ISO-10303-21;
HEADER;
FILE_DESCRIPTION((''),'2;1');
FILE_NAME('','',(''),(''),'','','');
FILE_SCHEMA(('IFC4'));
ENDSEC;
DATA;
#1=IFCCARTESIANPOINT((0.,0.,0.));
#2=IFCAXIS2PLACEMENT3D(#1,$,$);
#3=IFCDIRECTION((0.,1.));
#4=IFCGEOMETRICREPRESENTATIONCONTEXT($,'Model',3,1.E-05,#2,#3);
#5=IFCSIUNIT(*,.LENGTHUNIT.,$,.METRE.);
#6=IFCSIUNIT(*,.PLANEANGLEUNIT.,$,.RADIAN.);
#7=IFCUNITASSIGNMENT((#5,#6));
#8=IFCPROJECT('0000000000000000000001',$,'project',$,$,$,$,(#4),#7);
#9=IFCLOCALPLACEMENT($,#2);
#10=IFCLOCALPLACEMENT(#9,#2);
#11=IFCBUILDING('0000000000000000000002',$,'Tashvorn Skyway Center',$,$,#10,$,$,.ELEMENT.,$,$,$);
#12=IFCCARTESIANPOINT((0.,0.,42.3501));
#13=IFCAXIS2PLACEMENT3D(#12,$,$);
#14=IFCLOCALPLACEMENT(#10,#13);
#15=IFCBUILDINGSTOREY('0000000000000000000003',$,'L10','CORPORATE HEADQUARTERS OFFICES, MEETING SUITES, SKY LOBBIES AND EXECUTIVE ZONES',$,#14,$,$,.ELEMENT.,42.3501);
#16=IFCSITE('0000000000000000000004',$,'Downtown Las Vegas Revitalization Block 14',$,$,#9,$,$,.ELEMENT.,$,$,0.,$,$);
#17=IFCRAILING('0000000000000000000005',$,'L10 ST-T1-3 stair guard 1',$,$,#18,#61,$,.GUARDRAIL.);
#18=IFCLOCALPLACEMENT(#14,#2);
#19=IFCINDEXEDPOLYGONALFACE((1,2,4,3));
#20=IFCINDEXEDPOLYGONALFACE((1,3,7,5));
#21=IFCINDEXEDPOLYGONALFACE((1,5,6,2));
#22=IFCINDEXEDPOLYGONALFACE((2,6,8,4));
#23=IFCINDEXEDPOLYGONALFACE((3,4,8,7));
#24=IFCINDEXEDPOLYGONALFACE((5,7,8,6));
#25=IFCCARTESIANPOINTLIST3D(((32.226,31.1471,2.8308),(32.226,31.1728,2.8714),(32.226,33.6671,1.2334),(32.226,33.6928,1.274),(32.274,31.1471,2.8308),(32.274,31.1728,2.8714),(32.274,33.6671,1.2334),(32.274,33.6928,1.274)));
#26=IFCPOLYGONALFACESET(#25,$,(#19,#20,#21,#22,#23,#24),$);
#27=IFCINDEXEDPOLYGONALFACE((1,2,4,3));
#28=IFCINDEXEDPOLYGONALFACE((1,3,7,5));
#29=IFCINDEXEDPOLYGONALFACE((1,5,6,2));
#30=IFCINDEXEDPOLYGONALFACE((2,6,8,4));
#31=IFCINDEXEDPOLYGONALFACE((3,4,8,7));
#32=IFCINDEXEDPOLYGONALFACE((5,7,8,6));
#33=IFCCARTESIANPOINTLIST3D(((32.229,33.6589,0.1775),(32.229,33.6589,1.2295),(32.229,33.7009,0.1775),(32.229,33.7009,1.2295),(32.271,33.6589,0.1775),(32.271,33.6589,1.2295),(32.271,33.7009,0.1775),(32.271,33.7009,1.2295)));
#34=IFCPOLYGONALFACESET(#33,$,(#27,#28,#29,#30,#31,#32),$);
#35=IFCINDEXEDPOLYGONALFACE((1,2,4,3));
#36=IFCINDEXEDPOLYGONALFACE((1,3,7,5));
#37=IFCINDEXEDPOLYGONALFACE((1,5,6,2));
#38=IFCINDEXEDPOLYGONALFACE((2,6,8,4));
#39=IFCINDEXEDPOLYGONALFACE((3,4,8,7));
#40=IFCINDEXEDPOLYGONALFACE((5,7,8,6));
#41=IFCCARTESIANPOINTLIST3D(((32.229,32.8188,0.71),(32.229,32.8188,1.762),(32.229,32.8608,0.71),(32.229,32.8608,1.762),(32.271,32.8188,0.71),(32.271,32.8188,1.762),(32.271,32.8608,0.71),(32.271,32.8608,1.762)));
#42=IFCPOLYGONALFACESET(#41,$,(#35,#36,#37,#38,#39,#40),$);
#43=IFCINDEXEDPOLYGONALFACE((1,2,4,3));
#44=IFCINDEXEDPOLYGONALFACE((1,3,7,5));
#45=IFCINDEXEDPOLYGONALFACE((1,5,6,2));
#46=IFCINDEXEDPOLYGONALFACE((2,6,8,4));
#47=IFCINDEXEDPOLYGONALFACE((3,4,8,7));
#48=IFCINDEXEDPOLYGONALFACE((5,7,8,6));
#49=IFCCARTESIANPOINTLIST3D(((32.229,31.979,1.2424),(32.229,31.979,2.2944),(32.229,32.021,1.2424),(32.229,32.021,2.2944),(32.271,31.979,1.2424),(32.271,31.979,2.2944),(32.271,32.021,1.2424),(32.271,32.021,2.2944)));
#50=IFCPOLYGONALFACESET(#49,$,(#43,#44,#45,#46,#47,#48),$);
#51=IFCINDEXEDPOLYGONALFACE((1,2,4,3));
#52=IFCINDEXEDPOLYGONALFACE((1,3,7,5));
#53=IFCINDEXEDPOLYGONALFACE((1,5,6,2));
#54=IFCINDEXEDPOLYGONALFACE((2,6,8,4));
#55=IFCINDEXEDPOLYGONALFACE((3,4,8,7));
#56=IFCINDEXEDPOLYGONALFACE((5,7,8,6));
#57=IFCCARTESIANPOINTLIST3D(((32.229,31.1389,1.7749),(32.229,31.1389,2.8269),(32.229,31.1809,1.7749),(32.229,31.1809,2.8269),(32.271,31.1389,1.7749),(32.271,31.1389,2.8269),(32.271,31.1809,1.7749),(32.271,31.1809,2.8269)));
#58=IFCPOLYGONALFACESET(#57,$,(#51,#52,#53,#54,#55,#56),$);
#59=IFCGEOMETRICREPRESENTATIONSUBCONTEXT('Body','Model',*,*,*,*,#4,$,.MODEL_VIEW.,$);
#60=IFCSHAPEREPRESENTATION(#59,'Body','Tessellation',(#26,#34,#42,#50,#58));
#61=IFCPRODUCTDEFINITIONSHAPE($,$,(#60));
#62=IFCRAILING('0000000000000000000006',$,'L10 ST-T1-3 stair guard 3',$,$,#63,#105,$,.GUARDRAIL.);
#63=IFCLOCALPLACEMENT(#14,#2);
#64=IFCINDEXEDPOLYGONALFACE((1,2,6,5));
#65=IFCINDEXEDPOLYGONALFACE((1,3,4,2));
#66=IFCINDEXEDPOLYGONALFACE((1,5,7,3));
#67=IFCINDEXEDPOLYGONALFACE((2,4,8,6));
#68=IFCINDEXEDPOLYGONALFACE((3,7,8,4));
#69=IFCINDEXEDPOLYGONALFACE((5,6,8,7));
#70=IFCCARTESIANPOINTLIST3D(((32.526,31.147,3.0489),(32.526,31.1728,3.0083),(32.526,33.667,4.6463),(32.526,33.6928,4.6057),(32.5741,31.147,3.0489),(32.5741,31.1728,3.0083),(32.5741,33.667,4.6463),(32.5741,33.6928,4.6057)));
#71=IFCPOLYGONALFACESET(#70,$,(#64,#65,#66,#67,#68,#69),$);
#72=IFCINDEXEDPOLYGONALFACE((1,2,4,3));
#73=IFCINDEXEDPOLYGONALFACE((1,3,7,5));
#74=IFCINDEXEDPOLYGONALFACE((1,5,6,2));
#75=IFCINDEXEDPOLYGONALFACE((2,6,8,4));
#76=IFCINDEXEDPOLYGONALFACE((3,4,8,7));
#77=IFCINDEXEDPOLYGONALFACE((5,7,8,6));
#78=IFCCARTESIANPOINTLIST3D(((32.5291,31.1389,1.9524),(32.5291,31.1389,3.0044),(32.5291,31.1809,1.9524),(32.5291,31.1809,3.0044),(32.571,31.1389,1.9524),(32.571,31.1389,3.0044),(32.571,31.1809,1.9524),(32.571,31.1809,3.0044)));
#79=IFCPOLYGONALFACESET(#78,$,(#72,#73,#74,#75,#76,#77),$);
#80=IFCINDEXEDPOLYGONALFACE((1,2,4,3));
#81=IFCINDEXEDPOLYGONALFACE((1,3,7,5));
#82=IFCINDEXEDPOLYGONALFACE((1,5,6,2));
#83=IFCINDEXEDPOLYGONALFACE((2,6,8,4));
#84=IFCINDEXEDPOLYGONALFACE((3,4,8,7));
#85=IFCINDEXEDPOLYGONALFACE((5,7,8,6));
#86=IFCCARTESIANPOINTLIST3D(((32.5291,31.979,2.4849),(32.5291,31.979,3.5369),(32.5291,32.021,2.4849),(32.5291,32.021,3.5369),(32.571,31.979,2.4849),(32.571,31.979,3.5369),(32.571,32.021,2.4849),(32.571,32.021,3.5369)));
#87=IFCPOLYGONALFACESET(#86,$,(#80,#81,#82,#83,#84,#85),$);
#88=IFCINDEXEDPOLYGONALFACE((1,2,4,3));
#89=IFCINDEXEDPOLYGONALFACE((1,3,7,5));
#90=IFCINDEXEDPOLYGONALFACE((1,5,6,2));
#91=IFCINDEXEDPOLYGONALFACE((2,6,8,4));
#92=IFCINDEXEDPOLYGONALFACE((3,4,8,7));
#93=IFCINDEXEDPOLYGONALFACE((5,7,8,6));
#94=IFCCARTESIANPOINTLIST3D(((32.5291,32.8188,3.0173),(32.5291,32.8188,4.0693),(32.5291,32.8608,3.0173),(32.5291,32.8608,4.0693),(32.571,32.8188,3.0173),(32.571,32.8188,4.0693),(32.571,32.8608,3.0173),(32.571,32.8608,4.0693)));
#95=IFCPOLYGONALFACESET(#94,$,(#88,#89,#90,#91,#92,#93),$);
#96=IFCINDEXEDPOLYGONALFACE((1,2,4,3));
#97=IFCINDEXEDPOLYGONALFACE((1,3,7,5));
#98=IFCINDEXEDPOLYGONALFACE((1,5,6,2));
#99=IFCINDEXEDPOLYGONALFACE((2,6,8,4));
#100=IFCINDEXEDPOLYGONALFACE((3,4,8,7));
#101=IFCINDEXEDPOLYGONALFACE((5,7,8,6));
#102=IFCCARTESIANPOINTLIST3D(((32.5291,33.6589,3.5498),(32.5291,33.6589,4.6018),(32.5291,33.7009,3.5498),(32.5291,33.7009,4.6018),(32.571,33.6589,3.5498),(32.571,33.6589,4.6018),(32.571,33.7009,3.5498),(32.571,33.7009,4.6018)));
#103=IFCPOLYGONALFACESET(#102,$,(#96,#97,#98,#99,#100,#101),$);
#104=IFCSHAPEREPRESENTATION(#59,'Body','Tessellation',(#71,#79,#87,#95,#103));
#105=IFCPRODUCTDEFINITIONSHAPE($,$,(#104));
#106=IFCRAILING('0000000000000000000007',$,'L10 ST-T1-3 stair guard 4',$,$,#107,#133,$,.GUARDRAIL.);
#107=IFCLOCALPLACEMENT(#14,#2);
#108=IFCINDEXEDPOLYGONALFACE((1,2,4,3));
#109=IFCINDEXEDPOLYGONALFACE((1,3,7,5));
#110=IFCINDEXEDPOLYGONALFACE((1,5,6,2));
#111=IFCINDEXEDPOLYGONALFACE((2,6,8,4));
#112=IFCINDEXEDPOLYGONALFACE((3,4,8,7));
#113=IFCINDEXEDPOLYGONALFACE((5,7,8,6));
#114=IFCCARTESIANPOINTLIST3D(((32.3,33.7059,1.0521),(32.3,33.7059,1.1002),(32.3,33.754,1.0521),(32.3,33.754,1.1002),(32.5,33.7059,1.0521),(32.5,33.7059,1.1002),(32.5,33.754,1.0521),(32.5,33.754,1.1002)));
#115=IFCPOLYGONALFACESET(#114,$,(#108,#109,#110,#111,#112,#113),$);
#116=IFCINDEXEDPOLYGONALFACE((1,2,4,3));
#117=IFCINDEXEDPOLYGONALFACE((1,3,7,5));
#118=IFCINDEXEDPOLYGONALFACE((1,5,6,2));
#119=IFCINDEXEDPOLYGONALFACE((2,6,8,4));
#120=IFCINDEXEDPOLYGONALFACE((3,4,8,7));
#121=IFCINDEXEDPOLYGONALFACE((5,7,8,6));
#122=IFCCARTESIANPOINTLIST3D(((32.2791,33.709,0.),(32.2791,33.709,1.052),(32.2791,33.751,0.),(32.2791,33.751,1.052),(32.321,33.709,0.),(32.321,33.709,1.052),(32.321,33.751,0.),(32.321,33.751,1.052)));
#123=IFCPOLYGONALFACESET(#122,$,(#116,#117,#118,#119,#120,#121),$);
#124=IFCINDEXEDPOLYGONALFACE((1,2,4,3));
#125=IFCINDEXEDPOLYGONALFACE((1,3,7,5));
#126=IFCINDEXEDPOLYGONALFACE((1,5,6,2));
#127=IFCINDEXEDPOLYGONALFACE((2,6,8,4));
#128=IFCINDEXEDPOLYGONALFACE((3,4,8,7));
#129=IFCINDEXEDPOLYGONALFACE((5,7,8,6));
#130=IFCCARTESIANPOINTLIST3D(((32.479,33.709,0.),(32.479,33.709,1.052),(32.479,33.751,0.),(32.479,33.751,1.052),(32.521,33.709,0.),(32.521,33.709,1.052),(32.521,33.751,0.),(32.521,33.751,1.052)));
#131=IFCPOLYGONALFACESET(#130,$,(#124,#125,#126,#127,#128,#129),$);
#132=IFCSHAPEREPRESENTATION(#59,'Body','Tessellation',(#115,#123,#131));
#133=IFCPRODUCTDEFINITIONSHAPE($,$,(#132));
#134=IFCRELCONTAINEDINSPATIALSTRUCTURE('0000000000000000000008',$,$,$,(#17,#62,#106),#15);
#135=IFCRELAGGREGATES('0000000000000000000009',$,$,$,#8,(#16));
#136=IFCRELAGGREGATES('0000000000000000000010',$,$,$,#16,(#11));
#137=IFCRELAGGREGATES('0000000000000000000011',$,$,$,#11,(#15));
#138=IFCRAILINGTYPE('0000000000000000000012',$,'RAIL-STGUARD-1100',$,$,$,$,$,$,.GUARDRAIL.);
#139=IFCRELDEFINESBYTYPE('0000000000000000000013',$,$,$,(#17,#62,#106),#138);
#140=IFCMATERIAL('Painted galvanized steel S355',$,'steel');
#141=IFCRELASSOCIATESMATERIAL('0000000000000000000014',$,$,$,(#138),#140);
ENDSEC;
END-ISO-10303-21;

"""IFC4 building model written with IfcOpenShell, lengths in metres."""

from ifc_helpers import new_model, si_unit, direction, frame, origin, origin_2d, place, context, subcontext, project, spatial, rectangle, extrude, material, type_object, element, save


model = new_model("IFC4")

# Units and contexts
model_context = context("Model", 3, precision=1e-05, world=origin(), true_north=direction((0.0, 1.0)))
body_context = subcontext(model_context, "Body", "Model", "MODEL_VIEW")
ifc_project = project(units=[si_unit("LENGTHUNIT", "METRE"), si_unit("PLANEANGLEUNIT", "RADIAN")], contexts=[model_context])

# Site, building, storey
site_placement = place(None, origin())
site = spatial("IfcSite", under=ifc_project, at=site_placement, Name="Downtown Las Vegas Revitalization Block 14", CompositionType="ELEMENT", RefElevation=0.0)
building_placement = place(site_placement, origin())
building = spatial("IfcBuilding", under=site, at=building_placement, Name="Tashvorn Skyway Center", CompositionType="ELEMENT")
storey_placement = place(building_placement, frame((0.0, 0.0, 42.3501)))
storey = spatial("IfcBuildingStorey", under=building, at=storey_placement, Name="L10", Description="CORPORATE HEADQUARTERS OFFICES, MEETING SUITES, SKY LOBBIES AND EXECUTIVE ZONES", CompositionType="ELEMENT", Elevation=42.3501)

# Railings
ifc_material_1 = material(Name="Painted galvanized steel S355", Category="steel")
railing_type_1 = type_object("IfcRailingType", Name="RAIL-STGUARD-1100", PredefinedType="GUARDRAIL", material=ifc_material_1)
railing_1_placement = place(storey_placement, frame((32.25, 33.6799, 0.1775)))
element("IfcRailing", 1, at=railing_1_placement, inside=storey, type_object=railing_type_1, Name="L10 ST-T1-3 stair guard 1", PredefinedType="GUARDRAIL", context=body_context, shape_type="SweptSolid", body=[
    extrude(rectangle(XDim=0.0481, YDim=0.0481, at=origin_2d()), frame((0.0, 0.0, 1.0762), z_axis=(0.0, -0.844607, 0.535387), x_axis=(1.0, 0.0, 0.0)), (0.0, 0.0, 1.0), 2.9836),
    extrude(rectangle(XDim=0.042, YDim=0.042, at=origin_2d()), origin(), (0.0, 0.0, 1.0), 1.052),
    extrude(rectangle(XDim=0.042, YDim=0.042, at=origin_2d()), frame((0.0, -0.8401, 0.5325)), (0.0, 0.0, 1.0), 1.052),
    extrude(rectangle(XDim=0.042, YDim=0.042, at=origin_2d()), frame((0.0, -1.6799, 1.0649)), (0.0, 0.0, 1.0), 1.052),
    extrude(rectangle(XDim=0.042, YDim=0.042, at=origin_2d()), frame((0.0, -2.52, 1.5974)), (0.0, 0.0, 1.0), 1.052),
])
railing_2_placement = place(storey_placement, frame((32.55, 31.1599, 1.9524)))
element("IfcRailing", 2, at=railing_2_placement, inside=storey, type_object=railing_type_1, Name="L10 ST-T1-3 stair guard 3", PredefinedType="GUARDRAIL", context=body_context, shape_type="SweptSolid", body=[
    extrude(rectangle(XDim=0.0481, YDim=0.0481, at=origin_2d()), frame((0.0, 0.0, 1.0762), z_axis=(0.0, 0.844607, 0.535387), x_axis=(-1.0, 0.0, 0.0)), (0.0, 0.0, 1.0), 2.9836),
    extrude(rectangle(XDim=0.042, YDim=0.042, at=origin_2d()), origin(), (0.0, 0.0, 1.0), 1.052),
    extrude(rectangle(XDim=0.042, YDim=0.042, at=origin_2d()), frame((0.0, 0.8401, 0.5325)), (0.0, 0.0, 1.0), 1.052),
    extrude(rectangle(XDim=0.042, YDim=0.042, at=origin_2d()), frame((0.0, 1.6799, 1.0649)), (0.0, 0.0, 1.0), 1.052),
    extrude(rectangle(XDim=0.042, YDim=0.042, at=origin_2d()), frame((0.0, 2.52, 1.5974)), (0.0, 0.0, 1.0), 1.052),
])
railing_3_placement = place(storey_placement, frame((32.3, 33.73, 0.0)))
element("IfcRailing", 3, at=railing_3_placement, inside=storey, type_object=railing_type_1, Name="L10 ST-T1-3 stair guard 4", PredefinedType="GUARDRAIL", context=body_context, shape_type="SweptSolid", body=[
    extrude(rectangle(XDim=0.0481, YDim=0.0481, at=origin_2d()), frame((0.0, 0.0, 1.0762), z_axis=(1.0, 0.0, 0.0), x_axis=(0.0, 1.0, 0.0)), (0.0, 0.0, 1.0), 0.2),
    extrude(rectangle(XDim=0.042, YDim=0.042, at=origin_2d()), origin(), (0.0, 0.0, 1.0), 1.052),
    extrude(rectangle(XDim=0.042, YDim=0.042, at=origin_2d()), frame((0.2, 0.0, 0.0)), (0.0, 0.0, 1.0), 1.052),
])

save(model, "model.ifc")
